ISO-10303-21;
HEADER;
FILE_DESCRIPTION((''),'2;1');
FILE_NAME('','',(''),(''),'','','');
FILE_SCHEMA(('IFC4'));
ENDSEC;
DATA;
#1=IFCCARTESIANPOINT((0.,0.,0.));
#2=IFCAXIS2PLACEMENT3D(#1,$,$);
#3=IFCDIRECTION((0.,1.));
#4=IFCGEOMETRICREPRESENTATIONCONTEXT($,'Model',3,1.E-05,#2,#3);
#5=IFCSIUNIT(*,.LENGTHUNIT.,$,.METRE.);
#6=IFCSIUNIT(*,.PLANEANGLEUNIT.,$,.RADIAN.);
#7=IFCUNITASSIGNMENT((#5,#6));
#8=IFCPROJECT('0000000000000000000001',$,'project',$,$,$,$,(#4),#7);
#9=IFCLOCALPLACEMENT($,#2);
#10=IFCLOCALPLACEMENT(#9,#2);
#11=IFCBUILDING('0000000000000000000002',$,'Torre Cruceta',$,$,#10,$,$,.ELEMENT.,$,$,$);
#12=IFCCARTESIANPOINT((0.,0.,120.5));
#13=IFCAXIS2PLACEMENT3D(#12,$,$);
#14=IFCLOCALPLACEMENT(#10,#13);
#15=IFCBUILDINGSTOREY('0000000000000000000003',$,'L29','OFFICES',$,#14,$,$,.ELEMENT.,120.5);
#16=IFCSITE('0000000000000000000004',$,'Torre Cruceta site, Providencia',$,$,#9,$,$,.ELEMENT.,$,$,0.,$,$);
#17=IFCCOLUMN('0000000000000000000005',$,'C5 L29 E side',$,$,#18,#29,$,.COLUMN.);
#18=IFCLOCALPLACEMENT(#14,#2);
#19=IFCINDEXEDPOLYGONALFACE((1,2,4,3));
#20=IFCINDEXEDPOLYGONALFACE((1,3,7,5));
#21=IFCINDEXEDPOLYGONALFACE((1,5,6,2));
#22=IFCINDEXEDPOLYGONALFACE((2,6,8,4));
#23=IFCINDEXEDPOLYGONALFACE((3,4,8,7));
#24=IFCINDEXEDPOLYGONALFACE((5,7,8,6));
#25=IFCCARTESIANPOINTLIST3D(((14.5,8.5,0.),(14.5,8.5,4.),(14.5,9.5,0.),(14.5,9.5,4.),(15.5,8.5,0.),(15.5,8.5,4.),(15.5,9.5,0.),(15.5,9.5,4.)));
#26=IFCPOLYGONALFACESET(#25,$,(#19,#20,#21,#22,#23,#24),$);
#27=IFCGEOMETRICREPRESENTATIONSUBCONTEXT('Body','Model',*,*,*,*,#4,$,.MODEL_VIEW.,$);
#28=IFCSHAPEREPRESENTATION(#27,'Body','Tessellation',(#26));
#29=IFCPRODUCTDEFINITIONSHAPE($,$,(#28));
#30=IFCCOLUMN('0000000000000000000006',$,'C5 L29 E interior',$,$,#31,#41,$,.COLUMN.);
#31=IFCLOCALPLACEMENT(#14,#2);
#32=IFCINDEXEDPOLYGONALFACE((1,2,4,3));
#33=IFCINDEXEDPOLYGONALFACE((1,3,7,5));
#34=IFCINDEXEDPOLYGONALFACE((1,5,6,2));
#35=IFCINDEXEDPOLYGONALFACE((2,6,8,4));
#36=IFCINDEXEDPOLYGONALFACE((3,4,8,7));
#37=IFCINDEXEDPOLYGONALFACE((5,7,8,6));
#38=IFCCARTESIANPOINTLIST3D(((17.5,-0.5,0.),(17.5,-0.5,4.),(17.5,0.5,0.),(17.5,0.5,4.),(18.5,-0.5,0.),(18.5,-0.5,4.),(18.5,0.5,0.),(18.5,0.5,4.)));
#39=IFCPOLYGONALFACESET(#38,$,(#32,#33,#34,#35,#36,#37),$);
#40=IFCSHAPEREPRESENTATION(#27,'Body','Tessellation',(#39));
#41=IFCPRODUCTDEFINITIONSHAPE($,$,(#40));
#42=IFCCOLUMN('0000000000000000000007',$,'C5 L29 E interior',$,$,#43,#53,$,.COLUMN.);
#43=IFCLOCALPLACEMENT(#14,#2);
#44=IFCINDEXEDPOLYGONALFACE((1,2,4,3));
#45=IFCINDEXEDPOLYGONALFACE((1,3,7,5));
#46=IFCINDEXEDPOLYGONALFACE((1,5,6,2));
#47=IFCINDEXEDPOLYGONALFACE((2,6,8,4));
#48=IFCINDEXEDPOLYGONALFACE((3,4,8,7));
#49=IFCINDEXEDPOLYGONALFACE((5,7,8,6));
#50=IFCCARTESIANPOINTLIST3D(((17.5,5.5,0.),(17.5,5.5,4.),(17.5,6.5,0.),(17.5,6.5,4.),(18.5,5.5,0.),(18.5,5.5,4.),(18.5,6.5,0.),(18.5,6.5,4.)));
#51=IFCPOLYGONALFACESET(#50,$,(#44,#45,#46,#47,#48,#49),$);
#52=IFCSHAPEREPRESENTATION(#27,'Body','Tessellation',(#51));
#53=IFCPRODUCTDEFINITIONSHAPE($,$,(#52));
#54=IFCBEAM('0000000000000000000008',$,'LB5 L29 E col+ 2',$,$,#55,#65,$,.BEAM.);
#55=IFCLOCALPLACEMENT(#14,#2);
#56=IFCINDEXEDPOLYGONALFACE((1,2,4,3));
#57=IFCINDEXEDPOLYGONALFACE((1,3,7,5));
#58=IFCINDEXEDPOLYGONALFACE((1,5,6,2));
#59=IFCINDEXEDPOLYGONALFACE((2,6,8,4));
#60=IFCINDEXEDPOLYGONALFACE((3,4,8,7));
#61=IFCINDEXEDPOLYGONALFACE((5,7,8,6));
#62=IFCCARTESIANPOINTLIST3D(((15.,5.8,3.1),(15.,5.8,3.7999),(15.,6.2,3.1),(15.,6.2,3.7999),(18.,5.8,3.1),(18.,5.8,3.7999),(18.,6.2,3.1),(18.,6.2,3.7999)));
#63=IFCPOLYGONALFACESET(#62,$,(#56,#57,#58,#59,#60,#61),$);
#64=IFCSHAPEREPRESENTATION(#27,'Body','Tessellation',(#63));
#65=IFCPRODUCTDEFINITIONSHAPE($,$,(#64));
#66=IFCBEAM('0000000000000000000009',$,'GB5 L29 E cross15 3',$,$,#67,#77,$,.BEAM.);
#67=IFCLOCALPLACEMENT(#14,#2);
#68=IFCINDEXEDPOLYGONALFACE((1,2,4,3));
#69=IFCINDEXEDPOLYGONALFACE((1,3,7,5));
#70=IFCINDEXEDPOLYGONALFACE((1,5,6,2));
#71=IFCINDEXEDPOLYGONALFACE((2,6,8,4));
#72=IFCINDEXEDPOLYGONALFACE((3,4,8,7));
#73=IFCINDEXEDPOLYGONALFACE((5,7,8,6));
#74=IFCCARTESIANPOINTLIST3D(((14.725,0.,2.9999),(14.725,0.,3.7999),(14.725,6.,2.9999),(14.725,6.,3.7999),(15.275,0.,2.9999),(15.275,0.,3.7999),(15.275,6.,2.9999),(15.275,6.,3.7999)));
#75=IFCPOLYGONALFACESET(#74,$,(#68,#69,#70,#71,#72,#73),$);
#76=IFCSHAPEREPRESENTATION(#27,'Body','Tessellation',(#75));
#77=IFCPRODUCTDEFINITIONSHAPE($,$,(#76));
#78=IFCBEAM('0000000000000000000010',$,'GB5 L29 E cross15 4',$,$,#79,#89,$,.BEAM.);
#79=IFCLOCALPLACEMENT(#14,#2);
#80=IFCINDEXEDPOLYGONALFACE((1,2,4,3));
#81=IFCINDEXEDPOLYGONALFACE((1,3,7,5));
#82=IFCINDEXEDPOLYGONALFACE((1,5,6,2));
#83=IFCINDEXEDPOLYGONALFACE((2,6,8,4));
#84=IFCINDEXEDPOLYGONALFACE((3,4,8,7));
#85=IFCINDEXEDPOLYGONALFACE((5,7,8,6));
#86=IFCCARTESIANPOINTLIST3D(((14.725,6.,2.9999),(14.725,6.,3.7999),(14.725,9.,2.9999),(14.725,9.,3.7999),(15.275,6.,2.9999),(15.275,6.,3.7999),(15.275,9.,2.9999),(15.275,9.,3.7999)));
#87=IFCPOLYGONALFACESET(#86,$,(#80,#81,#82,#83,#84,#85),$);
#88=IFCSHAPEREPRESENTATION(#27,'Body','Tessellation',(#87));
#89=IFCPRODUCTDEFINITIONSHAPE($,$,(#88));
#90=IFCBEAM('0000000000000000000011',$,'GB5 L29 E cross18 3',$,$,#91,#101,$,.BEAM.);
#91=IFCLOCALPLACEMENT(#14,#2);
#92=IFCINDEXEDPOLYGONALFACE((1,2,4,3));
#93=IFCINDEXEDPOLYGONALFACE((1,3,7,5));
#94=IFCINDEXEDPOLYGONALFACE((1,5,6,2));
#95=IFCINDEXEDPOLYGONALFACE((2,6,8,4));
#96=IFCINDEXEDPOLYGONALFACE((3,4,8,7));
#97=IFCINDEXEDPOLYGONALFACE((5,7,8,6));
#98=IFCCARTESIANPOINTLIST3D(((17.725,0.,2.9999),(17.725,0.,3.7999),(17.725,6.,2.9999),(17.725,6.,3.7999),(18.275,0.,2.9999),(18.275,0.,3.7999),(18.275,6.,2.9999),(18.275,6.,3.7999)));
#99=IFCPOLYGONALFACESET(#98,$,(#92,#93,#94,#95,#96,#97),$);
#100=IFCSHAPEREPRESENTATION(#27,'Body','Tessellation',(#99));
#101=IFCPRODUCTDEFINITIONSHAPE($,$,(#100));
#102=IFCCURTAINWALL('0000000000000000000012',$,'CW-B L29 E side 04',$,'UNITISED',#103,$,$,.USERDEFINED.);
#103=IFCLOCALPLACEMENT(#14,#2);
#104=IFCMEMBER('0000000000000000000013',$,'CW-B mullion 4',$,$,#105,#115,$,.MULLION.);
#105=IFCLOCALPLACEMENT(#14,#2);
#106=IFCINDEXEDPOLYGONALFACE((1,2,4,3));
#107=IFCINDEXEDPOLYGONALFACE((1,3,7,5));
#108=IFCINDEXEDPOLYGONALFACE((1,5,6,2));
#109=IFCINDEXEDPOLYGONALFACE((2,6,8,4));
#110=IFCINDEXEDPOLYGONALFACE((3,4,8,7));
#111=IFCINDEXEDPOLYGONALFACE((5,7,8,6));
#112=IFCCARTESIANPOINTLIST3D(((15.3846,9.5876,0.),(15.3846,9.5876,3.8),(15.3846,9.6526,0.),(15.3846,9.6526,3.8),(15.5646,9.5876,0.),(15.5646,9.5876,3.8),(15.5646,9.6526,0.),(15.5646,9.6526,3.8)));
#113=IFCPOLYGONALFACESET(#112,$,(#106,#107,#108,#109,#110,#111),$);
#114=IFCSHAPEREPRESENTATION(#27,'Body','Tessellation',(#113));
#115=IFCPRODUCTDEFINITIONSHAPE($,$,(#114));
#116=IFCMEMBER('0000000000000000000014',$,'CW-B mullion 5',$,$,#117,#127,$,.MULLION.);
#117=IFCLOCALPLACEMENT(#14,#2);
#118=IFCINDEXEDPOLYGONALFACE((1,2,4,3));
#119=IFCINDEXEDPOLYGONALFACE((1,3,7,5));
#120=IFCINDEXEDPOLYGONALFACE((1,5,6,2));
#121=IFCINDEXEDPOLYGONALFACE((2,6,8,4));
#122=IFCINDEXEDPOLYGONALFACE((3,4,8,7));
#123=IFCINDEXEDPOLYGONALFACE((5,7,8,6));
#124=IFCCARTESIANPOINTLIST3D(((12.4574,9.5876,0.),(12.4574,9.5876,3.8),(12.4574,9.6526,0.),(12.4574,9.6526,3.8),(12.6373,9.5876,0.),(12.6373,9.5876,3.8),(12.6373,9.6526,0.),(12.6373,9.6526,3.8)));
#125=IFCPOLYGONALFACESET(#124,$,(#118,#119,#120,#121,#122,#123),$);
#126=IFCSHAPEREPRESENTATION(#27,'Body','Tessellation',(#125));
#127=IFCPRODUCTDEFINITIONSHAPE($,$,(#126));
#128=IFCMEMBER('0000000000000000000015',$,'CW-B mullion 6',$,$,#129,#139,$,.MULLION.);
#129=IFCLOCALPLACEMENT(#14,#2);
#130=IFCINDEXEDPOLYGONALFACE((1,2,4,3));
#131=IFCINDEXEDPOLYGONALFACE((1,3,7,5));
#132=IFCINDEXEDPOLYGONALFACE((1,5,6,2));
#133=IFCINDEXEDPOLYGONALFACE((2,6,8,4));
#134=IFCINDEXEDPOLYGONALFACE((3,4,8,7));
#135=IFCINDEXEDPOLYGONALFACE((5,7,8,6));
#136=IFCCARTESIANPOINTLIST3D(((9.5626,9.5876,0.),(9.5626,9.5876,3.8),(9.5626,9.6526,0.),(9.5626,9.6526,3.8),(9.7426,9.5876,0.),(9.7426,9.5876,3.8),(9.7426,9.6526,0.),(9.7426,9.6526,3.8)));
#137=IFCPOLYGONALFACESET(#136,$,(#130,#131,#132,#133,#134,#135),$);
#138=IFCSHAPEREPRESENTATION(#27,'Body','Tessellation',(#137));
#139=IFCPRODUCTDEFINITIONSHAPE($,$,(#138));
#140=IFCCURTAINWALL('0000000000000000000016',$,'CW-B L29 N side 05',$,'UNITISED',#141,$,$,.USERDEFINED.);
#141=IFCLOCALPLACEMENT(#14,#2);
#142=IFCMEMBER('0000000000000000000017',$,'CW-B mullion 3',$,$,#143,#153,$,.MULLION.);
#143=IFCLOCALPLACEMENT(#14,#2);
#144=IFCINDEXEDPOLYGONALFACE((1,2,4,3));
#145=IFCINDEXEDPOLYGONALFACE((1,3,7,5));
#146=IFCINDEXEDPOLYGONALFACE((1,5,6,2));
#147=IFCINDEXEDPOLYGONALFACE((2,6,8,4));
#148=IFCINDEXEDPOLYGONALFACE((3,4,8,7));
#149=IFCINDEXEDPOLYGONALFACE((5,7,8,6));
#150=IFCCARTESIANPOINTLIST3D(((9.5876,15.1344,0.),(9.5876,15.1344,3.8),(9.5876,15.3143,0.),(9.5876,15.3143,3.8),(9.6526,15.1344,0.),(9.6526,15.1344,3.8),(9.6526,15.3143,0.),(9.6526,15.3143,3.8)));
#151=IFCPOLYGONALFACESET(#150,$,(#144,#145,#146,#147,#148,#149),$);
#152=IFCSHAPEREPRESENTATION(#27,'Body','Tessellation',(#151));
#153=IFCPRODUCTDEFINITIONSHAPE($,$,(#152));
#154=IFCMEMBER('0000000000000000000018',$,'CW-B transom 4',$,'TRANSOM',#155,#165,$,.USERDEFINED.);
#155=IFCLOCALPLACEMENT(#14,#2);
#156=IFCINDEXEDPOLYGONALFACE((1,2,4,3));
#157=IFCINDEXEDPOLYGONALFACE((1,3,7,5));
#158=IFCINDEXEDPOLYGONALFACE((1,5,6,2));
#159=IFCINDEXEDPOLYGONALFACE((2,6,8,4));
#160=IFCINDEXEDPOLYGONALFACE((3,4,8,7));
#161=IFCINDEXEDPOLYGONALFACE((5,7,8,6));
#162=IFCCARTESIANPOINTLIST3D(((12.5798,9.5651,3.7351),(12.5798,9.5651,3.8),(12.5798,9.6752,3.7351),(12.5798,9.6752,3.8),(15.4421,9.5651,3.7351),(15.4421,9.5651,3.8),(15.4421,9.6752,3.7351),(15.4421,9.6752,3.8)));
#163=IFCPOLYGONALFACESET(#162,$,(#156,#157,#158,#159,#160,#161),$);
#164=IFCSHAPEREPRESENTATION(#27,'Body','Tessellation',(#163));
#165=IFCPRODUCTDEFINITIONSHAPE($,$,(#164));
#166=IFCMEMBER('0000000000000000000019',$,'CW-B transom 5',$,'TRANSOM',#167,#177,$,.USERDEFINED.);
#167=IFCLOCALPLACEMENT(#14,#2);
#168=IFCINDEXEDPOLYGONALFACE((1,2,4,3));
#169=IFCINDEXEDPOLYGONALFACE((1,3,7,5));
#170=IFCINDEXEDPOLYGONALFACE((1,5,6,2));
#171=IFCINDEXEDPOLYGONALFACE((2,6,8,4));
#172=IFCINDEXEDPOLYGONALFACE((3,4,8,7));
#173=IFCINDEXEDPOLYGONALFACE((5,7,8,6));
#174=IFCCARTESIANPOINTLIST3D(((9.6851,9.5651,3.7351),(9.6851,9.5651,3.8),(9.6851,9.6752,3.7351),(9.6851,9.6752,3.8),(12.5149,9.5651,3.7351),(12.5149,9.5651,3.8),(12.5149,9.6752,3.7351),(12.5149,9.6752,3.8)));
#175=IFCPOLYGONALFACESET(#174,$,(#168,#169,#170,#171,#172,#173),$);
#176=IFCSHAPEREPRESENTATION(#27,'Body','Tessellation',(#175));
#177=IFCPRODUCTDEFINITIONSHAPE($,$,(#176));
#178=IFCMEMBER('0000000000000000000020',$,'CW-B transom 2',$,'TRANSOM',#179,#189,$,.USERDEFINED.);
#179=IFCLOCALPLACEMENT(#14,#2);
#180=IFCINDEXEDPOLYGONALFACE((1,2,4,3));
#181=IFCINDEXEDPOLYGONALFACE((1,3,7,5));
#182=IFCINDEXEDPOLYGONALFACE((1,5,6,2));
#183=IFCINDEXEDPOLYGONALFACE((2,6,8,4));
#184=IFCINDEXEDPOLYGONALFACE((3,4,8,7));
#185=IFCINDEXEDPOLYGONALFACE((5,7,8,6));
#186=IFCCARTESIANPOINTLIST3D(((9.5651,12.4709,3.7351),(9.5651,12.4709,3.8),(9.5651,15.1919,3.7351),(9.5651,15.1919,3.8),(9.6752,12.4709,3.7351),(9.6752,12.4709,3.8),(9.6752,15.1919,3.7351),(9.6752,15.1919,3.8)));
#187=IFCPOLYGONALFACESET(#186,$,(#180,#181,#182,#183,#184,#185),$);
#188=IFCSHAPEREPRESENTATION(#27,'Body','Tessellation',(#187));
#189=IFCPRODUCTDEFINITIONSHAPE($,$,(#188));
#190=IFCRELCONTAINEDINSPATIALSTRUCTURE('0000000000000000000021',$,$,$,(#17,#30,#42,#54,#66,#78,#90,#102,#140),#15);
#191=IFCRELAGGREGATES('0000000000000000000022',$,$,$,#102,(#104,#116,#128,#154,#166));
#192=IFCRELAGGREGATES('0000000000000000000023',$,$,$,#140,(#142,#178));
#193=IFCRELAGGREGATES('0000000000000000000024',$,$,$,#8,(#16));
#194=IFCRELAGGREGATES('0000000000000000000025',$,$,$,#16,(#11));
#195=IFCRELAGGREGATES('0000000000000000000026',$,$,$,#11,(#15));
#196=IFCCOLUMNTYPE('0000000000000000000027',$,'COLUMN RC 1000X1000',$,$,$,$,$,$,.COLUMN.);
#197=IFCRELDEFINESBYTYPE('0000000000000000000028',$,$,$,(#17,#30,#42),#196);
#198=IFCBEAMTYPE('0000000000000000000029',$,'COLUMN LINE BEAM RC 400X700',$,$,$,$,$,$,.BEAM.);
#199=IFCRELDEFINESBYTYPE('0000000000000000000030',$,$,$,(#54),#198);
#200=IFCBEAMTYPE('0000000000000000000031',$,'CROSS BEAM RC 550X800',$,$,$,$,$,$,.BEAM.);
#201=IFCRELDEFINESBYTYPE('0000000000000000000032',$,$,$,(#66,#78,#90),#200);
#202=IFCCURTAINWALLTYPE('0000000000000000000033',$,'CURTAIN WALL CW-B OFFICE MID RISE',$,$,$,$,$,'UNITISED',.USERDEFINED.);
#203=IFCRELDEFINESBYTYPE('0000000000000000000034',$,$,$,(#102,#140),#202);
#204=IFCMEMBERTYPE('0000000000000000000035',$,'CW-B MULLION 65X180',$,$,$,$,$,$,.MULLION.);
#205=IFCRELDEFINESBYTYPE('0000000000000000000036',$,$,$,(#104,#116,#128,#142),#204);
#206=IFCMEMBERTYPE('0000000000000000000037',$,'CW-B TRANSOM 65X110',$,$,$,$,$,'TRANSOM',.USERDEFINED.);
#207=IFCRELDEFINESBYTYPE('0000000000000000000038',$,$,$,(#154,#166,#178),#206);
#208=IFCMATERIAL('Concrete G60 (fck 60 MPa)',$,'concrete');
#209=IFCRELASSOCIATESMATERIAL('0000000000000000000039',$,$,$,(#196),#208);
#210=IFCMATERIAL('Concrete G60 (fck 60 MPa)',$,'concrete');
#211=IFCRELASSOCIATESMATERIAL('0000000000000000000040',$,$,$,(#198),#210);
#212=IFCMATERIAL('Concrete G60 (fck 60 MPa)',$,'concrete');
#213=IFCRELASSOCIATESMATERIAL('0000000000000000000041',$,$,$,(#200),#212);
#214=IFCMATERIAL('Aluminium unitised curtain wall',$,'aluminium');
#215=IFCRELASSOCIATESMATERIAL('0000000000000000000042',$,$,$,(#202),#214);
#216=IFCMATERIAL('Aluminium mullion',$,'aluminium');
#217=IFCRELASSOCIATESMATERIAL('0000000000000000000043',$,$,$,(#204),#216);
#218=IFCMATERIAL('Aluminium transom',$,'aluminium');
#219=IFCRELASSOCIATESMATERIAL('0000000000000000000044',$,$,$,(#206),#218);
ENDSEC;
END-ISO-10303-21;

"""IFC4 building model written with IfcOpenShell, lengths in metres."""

from ifc_helpers import new_model, si_unit, direction, frame, origin, origin_2d, place, context, subcontext, project, spatial, rectangle, extrude, material, material_profile, profile_set, type_object, element, aggregate, save


model = new_model("IFC4")

# Units and contexts
model_context = context("Model", 3, precision=1e-05, world=origin(), true_north=direction((0.0, 1.0)))
body_context = subcontext(model_context, "Body", "Model", "MODEL_VIEW")
ifc_project = project(units=[si_unit("LENGTHUNIT", "METRE"), si_unit("PLANEANGLEUNIT", "RADIAN")], contexts=[model_context])

# Site, building, storey
site_placement = place(None, origin())
site = spatial("IfcSite", under=ifc_project, at=site_placement, Name="Torre Cruceta site, Providencia", CompositionType="ELEMENT", RefElevation=0.0)
building_placement = place(site_placement, origin())
building = spatial("IfcBuilding", under=site, at=building_placement, Name="Torre Cruceta", CompositionType="ELEMENT")
storey_placement = place(building_placement, frame((0.0, 0.0, 120.5)))
storey = spatial("IfcBuildingStorey", under=building, at=storey_placement, Name="L29", Description="OFFICES", CompositionType="ELEMENT", Elevation=120.5)

# Columns
ifc_material_1 = material(Name="Concrete G60 (fck 60 MPa)", Category="concrete")
ifc_material_profile_1 = material_profile(ifc_material_1, rectangle(XDim=1.0, YDim=1.0, at=origin_2d()), Name="RC 1000X1000")
ifc_profile_set_1 = profile_set([ifc_material_profile_1], Name="Concrete G60 (fck 60 MPa)")
column_type = type_object("IfcColumnType", Name="COLUMN RC 1000X1000", PredefinedType="COLUMN", material=ifc_profile_set_1)
for number, where, z_axis, x_axis, name in (
    (1, (15.0, 9.0, 0.0), (0.0, 0.0, 1.0), (1.0, 0.0, 0.0), "C5 L29 E side"),
    (2, (18.0, 0.0, 0.0), (0.0, 0.0, 1.0), (1.0, 0.0, 0.0), "C5 L29 E interior"),
    (3, (18.0, 6.0, 0.0), (0.0, 0.0, 1.0), (1.0, 0.0, 0.0), "C5 L29 E interior"),
):
    element("IfcColumn", number, at=place(storey_placement, frame(where, z_axis=z_axis, x_axis=x_axis)), inside=storey, type_object=column_type, Name=name, PredefinedType="COLUMN", context=body_context, shape_type="SweptSolid", body=[
        extrude(rectangle(XDim=1.0, YDim=1.0, at=origin_2d()), origin(), (0.0, 0.0, 1.0), 4.0),
    ])

# Beams
ifc_material_2 = material(Name="Concrete G60 (fck 60 MPa)", Category="concrete")
ifc_material_profile_2 = material_profile(ifc_material_2, rectangle(XDim=0.3999, YDim=0.7, at=origin_2d()), Name="RC 400X700")
ifc_profile_set_2 = profile_set([ifc_material_profile_2], Name="Concrete G60 (fck 60 MPa)")
beam_type_1 = type_object("IfcBeamType", Name="COLUMN LINE BEAM RC 400X700", PredefinedType="BEAM", material=ifc_profile_set_2)
beam_1_placement = place(storey_placement, frame((15.0, 6.0, 3.45), z_axis=(1.0, 0.0, 0.0), x_axis=(0.0, 1.0, 0.0)))
element("IfcBeam", 4, at=beam_1_placement, inside=storey, type_object=beam_type_1, Name="LB5 L29 E col+ 2", PredefinedType="BEAM", context=body_context, shape_type="SweptSolid", body=[
    extrude(rectangle(XDim=0.3999, YDim=0.7, at=origin_2d()), origin(), (0.0, 0.0, 1.0), 3.0),
])
ifc_material_3 = material(Name="Concrete G60 (fck 60 MPa)", Category="concrete")
ifc_material_profile_3 = material_profile(ifc_material_3, rectangle(XDim=0.55, YDim=0.8, at=origin_2d()), Name="RC 550X800")
ifc_profile_set_3 = profile_set([ifc_material_profile_3], Name="Concrete G60 (fck 60 MPa)")
beam_type_2 = type_object("IfcBeamType", Name="CROSS BEAM RC 550X800", PredefinedType="BEAM", material=ifc_profile_set_3)
beam_2_placement = place(storey_placement, frame((15.0, 0.0, 3.3999), z_axis=(0.0, 1.0, 0.0), x_axis=(-1.0, 0.0, 0.0)))
element("IfcBeam", 5, at=beam_2_placement, inside=storey, type_object=beam_type_2, Name="GB5 L29 E cross15 3", PredefinedType="BEAM", context=body_context, shape_type="SweptSolid", body=[
    extrude(rectangle(XDim=0.55, YDim=0.8, at=origin_2d()), origin(), (0.0, 0.0, 1.0), 6.0),
])
beam_3_placement = place(storey_placement, frame((15.0, 6.0, 3.3999), z_axis=(0.0, 1.0, 0.0), x_axis=(-1.0, 0.0, 0.0)))
element("IfcBeam", 6, at=beam_3_placement, inside=storey, type_object=beam_type_2, Name="GB5 L29 E cross15 4", PredefinedType="BEAM", context=body_context, shape_type="SweptSolid", body=[
    extrude(rectangle(XDim=0.55, YDim=0.8, at=origin_2d()), origin(), (0.0, 0.0, 1.0), 3.0),
])
beam_4_placement = place(storey_placement, frame((18.0, 0.0, 3.3999), z_axis=(0.0, 1.0, 0.0), x_axis=(-1.0, 0.0, 0.0)))
element("IfcBeam", 7, at=beam_4_placement, inside=storey, type_object=beam_type_2, Name="GB5 L29 E cross18 3", PredefinedType="BEAM", context=body_context, shape_type="SweptSolid", body=[
    extrude(rectangle(XDim=0.55, YDim=0.8, at=origin_2d()), origin(), (0.0, 0.0, 1.0), 6.0),
])

# Curtain wall, members
ifc_material_4 = material(Name="Aluminium unitised curtain wall", Category="aluminium")
curtain_wall_type = type_object("IfcCurtainWallType", Name="CURTAIN WALL CW-B OFFICE MID RISE", ElementType="UNITISED", PredefinedType="USERDEFINED", material=ifc_material_4)
curtain_wall_1_placement = place(storey_placement, origin())
curtain_wall_1 = element("IfcCurtainWall", 8, at=curtain_wall_1_placement, inside=storey, type_object=curtain_wall_type, Name="CW-B L29 E side 04", ObjectType="UNITISED", PredefinedType="USERDEFINED")
ifc_material_5 = material(Name="Aluminium mullion", Category="aluminium")
ifc_material_profile_4 = material_profile(ifc_material_5, rectangle(XDim=0.0649, YDim=0.1799, at=origin_2d()), Name="AL 65X180")
ifc_profile_set_4 = profile_set([ifc_material_profile_4], Name="Aluminium mullion")
member_type_1 = type_object("IfcMemberType", Name="CW-B MULLION 65X180", PredefinedType="MULLION", material=ifc_profile_set_4)
member_1_placement = place(storey_placement, frame((15.4746, 9.6201, 0.0), z_axis=(0.0, 0.0, 1.0), x_axis=(0.0, -1.0, 0.0)))
member_1 = element("IfcMember", 9, at=member_1_placement, type_object=member_type_1, Name="CW-B mullion 4", PredefinedType="MULLION", context=body_context, shape_type="SweptSolid", body=[
    extrude(rectangle(XDim=0.0649, YDim=0.1799, at=origin_2d()), origin(), (0.0, 0.0, 1.0), 3.8),
])
member_2_placement = place(storey_placement, frame((12.5474, 9.6201, 0.0), z_axis=(0.0, 0.0, 1.0), x_axis=(0.0, -1.0, 0.0)))
member_2 = element("IfcMember", 10, at=member_2_placement, type_object=member_type_1, Name="CW-B mullion 5", PredefinedType="MULLION", context=body_context, shape_type="SweptSolid", body=[
    extrude(rectangle(XDim=0.0649, YDim=0.1799, at=origin_2d()), origin(), (0.0, 0.0, 1.0), 3.8),
])
member_3_placement = place(storey_placement, frame((9.6526, 9.6201, 0.0), z_axis=(0.0, 0.0, 1.0), x_axis=(0.0, -1.0, 0.0)))
member_3 = element("IfcMember", 11, at=member_3_placement, type_object=member_type_1, Name="CW-B mullion 6", PredefinedType="MULLION", context=body_context, shape_type="SweptSolid", body=[
    extrude(rectangle(XDim=0.0649, YDim=0.1799, at=origin_2d()), origin(), (0.0, 0.0, 1.0), 3.8),
])

# Curtain wall, member
curtain_wall_2_placement = place(storey_placement, origin())
curtain_wall_2 = element("IfcCurtainWall", 12, at=curtain_wall_2_placement, inside=storey, type_object=curtain_wall_type, Name="CW-B L29 N side 05", ObjectType="UNITISED", PredefinedType="USERDEFINED")
member_4_placement = place(storey_placement, frame((9.6201, 15.2244, 0.0), z_axis=(0.0, 0.0, 1.0), x_axis=(-1.0, 0.0, 0.0)))
member_4 = element("IfcMember", 13, at=member_4_placement, type_object=member_type_1, Name="CW-B mullion 3", PredefinedType="MULLION", context=body_context, shape_type="SweptSolid", body=[
    extrude(rectangle(XDim=0.0649, YDim=0.1799, at=origin_2d()), origin(), (0.0, 0.0, 1.0), 3.8),
])

# Members
ifc_material_6 = material(Name="Aluminium transom", Category="aluminium")
ifc_material_profile_5 = material_profile(ifc_material_6, rectangle(XDim=0.1101, YDim=0.0649, at=origin_2d()), Name="AL 110X65")
ifc_profile_set_5 = profile_set([ifc_material_profile_5], Name="Aluminium transom")
member_type_2 = type_object("IfcMemberType", Name="CW-B TRANSOM 65X110", ElementType="TRANSOM", PredefinedType="USERDEFINED", material=ifc_profile_set_5)
member_5_placement = place(storey_placement, frame((15.4421, 9.6201, 3.7676), z_axis=(-1.0, 0.0, 0.0), x_axis=(0.0, -1.0, 0.0)))
member_5 = element("IfcMember", 14, at=member_5_placement, type_object=member_type_2, Name="CW-B transom 4", ObjectType="TRANSOM", PredefinedType="USERDEFINED", context=body_context, shape_type="SweptSolid", body=[
    extrude(rectangle(XDim=0.1101, YDim=0.0649, at=origin_2d()), origin(), (0.0, 0.0, 1.0), 2.8623),
])
member_6_placement = place(storey_placement, frame((12.5149, 9.6201, 3.7676), z_axis=(-1.0, 0.0, 0.0), x_axis=(0.0, -1.0, 0.0)))
member_6 = element("IfcMember", 15, at=member_6_placement, type_object=member_type_2, Name="CW-B transom 5", ObjectType="TRANSOM", PredefinedType="USERDEFINED", context=body_context, shape_type="SweptSolid", body=[
    extrude(rectangle(XDim=0.1101, YDim=0.0649, at=origin_2d()), origin(), (0.0, 0.0, 1.0), 2.8298),
])
member_7_placement = place(storey_placement, frame((9.6201, 12.4709, 3.7676), z_axis=(0.0, 1.0, 0.0), x_axis=(-1.0, 0.0, 0.0)))
member_7 = element("IfcMember", 16, at=member_7_placement, type_object=member_type_2, Name="CW-B transom 2", ObjectType="TRANSOM", PredefinedType="USERDEFINED", context=body_context, shape_type="SweptSolid", body=[
    extrude(rectangle(XDim=0.1101, YDim=0.0649, at=origin_2d()), origin(), (0.0, 0.0, 1.0), 2.7209),
])

aggregate(curtain_wall_1, [member_1, member_2, member_3, member_5, member_6])
aggregate(curtain_wall_2, [member_4, member_7])

save(model, "model.ifc")
